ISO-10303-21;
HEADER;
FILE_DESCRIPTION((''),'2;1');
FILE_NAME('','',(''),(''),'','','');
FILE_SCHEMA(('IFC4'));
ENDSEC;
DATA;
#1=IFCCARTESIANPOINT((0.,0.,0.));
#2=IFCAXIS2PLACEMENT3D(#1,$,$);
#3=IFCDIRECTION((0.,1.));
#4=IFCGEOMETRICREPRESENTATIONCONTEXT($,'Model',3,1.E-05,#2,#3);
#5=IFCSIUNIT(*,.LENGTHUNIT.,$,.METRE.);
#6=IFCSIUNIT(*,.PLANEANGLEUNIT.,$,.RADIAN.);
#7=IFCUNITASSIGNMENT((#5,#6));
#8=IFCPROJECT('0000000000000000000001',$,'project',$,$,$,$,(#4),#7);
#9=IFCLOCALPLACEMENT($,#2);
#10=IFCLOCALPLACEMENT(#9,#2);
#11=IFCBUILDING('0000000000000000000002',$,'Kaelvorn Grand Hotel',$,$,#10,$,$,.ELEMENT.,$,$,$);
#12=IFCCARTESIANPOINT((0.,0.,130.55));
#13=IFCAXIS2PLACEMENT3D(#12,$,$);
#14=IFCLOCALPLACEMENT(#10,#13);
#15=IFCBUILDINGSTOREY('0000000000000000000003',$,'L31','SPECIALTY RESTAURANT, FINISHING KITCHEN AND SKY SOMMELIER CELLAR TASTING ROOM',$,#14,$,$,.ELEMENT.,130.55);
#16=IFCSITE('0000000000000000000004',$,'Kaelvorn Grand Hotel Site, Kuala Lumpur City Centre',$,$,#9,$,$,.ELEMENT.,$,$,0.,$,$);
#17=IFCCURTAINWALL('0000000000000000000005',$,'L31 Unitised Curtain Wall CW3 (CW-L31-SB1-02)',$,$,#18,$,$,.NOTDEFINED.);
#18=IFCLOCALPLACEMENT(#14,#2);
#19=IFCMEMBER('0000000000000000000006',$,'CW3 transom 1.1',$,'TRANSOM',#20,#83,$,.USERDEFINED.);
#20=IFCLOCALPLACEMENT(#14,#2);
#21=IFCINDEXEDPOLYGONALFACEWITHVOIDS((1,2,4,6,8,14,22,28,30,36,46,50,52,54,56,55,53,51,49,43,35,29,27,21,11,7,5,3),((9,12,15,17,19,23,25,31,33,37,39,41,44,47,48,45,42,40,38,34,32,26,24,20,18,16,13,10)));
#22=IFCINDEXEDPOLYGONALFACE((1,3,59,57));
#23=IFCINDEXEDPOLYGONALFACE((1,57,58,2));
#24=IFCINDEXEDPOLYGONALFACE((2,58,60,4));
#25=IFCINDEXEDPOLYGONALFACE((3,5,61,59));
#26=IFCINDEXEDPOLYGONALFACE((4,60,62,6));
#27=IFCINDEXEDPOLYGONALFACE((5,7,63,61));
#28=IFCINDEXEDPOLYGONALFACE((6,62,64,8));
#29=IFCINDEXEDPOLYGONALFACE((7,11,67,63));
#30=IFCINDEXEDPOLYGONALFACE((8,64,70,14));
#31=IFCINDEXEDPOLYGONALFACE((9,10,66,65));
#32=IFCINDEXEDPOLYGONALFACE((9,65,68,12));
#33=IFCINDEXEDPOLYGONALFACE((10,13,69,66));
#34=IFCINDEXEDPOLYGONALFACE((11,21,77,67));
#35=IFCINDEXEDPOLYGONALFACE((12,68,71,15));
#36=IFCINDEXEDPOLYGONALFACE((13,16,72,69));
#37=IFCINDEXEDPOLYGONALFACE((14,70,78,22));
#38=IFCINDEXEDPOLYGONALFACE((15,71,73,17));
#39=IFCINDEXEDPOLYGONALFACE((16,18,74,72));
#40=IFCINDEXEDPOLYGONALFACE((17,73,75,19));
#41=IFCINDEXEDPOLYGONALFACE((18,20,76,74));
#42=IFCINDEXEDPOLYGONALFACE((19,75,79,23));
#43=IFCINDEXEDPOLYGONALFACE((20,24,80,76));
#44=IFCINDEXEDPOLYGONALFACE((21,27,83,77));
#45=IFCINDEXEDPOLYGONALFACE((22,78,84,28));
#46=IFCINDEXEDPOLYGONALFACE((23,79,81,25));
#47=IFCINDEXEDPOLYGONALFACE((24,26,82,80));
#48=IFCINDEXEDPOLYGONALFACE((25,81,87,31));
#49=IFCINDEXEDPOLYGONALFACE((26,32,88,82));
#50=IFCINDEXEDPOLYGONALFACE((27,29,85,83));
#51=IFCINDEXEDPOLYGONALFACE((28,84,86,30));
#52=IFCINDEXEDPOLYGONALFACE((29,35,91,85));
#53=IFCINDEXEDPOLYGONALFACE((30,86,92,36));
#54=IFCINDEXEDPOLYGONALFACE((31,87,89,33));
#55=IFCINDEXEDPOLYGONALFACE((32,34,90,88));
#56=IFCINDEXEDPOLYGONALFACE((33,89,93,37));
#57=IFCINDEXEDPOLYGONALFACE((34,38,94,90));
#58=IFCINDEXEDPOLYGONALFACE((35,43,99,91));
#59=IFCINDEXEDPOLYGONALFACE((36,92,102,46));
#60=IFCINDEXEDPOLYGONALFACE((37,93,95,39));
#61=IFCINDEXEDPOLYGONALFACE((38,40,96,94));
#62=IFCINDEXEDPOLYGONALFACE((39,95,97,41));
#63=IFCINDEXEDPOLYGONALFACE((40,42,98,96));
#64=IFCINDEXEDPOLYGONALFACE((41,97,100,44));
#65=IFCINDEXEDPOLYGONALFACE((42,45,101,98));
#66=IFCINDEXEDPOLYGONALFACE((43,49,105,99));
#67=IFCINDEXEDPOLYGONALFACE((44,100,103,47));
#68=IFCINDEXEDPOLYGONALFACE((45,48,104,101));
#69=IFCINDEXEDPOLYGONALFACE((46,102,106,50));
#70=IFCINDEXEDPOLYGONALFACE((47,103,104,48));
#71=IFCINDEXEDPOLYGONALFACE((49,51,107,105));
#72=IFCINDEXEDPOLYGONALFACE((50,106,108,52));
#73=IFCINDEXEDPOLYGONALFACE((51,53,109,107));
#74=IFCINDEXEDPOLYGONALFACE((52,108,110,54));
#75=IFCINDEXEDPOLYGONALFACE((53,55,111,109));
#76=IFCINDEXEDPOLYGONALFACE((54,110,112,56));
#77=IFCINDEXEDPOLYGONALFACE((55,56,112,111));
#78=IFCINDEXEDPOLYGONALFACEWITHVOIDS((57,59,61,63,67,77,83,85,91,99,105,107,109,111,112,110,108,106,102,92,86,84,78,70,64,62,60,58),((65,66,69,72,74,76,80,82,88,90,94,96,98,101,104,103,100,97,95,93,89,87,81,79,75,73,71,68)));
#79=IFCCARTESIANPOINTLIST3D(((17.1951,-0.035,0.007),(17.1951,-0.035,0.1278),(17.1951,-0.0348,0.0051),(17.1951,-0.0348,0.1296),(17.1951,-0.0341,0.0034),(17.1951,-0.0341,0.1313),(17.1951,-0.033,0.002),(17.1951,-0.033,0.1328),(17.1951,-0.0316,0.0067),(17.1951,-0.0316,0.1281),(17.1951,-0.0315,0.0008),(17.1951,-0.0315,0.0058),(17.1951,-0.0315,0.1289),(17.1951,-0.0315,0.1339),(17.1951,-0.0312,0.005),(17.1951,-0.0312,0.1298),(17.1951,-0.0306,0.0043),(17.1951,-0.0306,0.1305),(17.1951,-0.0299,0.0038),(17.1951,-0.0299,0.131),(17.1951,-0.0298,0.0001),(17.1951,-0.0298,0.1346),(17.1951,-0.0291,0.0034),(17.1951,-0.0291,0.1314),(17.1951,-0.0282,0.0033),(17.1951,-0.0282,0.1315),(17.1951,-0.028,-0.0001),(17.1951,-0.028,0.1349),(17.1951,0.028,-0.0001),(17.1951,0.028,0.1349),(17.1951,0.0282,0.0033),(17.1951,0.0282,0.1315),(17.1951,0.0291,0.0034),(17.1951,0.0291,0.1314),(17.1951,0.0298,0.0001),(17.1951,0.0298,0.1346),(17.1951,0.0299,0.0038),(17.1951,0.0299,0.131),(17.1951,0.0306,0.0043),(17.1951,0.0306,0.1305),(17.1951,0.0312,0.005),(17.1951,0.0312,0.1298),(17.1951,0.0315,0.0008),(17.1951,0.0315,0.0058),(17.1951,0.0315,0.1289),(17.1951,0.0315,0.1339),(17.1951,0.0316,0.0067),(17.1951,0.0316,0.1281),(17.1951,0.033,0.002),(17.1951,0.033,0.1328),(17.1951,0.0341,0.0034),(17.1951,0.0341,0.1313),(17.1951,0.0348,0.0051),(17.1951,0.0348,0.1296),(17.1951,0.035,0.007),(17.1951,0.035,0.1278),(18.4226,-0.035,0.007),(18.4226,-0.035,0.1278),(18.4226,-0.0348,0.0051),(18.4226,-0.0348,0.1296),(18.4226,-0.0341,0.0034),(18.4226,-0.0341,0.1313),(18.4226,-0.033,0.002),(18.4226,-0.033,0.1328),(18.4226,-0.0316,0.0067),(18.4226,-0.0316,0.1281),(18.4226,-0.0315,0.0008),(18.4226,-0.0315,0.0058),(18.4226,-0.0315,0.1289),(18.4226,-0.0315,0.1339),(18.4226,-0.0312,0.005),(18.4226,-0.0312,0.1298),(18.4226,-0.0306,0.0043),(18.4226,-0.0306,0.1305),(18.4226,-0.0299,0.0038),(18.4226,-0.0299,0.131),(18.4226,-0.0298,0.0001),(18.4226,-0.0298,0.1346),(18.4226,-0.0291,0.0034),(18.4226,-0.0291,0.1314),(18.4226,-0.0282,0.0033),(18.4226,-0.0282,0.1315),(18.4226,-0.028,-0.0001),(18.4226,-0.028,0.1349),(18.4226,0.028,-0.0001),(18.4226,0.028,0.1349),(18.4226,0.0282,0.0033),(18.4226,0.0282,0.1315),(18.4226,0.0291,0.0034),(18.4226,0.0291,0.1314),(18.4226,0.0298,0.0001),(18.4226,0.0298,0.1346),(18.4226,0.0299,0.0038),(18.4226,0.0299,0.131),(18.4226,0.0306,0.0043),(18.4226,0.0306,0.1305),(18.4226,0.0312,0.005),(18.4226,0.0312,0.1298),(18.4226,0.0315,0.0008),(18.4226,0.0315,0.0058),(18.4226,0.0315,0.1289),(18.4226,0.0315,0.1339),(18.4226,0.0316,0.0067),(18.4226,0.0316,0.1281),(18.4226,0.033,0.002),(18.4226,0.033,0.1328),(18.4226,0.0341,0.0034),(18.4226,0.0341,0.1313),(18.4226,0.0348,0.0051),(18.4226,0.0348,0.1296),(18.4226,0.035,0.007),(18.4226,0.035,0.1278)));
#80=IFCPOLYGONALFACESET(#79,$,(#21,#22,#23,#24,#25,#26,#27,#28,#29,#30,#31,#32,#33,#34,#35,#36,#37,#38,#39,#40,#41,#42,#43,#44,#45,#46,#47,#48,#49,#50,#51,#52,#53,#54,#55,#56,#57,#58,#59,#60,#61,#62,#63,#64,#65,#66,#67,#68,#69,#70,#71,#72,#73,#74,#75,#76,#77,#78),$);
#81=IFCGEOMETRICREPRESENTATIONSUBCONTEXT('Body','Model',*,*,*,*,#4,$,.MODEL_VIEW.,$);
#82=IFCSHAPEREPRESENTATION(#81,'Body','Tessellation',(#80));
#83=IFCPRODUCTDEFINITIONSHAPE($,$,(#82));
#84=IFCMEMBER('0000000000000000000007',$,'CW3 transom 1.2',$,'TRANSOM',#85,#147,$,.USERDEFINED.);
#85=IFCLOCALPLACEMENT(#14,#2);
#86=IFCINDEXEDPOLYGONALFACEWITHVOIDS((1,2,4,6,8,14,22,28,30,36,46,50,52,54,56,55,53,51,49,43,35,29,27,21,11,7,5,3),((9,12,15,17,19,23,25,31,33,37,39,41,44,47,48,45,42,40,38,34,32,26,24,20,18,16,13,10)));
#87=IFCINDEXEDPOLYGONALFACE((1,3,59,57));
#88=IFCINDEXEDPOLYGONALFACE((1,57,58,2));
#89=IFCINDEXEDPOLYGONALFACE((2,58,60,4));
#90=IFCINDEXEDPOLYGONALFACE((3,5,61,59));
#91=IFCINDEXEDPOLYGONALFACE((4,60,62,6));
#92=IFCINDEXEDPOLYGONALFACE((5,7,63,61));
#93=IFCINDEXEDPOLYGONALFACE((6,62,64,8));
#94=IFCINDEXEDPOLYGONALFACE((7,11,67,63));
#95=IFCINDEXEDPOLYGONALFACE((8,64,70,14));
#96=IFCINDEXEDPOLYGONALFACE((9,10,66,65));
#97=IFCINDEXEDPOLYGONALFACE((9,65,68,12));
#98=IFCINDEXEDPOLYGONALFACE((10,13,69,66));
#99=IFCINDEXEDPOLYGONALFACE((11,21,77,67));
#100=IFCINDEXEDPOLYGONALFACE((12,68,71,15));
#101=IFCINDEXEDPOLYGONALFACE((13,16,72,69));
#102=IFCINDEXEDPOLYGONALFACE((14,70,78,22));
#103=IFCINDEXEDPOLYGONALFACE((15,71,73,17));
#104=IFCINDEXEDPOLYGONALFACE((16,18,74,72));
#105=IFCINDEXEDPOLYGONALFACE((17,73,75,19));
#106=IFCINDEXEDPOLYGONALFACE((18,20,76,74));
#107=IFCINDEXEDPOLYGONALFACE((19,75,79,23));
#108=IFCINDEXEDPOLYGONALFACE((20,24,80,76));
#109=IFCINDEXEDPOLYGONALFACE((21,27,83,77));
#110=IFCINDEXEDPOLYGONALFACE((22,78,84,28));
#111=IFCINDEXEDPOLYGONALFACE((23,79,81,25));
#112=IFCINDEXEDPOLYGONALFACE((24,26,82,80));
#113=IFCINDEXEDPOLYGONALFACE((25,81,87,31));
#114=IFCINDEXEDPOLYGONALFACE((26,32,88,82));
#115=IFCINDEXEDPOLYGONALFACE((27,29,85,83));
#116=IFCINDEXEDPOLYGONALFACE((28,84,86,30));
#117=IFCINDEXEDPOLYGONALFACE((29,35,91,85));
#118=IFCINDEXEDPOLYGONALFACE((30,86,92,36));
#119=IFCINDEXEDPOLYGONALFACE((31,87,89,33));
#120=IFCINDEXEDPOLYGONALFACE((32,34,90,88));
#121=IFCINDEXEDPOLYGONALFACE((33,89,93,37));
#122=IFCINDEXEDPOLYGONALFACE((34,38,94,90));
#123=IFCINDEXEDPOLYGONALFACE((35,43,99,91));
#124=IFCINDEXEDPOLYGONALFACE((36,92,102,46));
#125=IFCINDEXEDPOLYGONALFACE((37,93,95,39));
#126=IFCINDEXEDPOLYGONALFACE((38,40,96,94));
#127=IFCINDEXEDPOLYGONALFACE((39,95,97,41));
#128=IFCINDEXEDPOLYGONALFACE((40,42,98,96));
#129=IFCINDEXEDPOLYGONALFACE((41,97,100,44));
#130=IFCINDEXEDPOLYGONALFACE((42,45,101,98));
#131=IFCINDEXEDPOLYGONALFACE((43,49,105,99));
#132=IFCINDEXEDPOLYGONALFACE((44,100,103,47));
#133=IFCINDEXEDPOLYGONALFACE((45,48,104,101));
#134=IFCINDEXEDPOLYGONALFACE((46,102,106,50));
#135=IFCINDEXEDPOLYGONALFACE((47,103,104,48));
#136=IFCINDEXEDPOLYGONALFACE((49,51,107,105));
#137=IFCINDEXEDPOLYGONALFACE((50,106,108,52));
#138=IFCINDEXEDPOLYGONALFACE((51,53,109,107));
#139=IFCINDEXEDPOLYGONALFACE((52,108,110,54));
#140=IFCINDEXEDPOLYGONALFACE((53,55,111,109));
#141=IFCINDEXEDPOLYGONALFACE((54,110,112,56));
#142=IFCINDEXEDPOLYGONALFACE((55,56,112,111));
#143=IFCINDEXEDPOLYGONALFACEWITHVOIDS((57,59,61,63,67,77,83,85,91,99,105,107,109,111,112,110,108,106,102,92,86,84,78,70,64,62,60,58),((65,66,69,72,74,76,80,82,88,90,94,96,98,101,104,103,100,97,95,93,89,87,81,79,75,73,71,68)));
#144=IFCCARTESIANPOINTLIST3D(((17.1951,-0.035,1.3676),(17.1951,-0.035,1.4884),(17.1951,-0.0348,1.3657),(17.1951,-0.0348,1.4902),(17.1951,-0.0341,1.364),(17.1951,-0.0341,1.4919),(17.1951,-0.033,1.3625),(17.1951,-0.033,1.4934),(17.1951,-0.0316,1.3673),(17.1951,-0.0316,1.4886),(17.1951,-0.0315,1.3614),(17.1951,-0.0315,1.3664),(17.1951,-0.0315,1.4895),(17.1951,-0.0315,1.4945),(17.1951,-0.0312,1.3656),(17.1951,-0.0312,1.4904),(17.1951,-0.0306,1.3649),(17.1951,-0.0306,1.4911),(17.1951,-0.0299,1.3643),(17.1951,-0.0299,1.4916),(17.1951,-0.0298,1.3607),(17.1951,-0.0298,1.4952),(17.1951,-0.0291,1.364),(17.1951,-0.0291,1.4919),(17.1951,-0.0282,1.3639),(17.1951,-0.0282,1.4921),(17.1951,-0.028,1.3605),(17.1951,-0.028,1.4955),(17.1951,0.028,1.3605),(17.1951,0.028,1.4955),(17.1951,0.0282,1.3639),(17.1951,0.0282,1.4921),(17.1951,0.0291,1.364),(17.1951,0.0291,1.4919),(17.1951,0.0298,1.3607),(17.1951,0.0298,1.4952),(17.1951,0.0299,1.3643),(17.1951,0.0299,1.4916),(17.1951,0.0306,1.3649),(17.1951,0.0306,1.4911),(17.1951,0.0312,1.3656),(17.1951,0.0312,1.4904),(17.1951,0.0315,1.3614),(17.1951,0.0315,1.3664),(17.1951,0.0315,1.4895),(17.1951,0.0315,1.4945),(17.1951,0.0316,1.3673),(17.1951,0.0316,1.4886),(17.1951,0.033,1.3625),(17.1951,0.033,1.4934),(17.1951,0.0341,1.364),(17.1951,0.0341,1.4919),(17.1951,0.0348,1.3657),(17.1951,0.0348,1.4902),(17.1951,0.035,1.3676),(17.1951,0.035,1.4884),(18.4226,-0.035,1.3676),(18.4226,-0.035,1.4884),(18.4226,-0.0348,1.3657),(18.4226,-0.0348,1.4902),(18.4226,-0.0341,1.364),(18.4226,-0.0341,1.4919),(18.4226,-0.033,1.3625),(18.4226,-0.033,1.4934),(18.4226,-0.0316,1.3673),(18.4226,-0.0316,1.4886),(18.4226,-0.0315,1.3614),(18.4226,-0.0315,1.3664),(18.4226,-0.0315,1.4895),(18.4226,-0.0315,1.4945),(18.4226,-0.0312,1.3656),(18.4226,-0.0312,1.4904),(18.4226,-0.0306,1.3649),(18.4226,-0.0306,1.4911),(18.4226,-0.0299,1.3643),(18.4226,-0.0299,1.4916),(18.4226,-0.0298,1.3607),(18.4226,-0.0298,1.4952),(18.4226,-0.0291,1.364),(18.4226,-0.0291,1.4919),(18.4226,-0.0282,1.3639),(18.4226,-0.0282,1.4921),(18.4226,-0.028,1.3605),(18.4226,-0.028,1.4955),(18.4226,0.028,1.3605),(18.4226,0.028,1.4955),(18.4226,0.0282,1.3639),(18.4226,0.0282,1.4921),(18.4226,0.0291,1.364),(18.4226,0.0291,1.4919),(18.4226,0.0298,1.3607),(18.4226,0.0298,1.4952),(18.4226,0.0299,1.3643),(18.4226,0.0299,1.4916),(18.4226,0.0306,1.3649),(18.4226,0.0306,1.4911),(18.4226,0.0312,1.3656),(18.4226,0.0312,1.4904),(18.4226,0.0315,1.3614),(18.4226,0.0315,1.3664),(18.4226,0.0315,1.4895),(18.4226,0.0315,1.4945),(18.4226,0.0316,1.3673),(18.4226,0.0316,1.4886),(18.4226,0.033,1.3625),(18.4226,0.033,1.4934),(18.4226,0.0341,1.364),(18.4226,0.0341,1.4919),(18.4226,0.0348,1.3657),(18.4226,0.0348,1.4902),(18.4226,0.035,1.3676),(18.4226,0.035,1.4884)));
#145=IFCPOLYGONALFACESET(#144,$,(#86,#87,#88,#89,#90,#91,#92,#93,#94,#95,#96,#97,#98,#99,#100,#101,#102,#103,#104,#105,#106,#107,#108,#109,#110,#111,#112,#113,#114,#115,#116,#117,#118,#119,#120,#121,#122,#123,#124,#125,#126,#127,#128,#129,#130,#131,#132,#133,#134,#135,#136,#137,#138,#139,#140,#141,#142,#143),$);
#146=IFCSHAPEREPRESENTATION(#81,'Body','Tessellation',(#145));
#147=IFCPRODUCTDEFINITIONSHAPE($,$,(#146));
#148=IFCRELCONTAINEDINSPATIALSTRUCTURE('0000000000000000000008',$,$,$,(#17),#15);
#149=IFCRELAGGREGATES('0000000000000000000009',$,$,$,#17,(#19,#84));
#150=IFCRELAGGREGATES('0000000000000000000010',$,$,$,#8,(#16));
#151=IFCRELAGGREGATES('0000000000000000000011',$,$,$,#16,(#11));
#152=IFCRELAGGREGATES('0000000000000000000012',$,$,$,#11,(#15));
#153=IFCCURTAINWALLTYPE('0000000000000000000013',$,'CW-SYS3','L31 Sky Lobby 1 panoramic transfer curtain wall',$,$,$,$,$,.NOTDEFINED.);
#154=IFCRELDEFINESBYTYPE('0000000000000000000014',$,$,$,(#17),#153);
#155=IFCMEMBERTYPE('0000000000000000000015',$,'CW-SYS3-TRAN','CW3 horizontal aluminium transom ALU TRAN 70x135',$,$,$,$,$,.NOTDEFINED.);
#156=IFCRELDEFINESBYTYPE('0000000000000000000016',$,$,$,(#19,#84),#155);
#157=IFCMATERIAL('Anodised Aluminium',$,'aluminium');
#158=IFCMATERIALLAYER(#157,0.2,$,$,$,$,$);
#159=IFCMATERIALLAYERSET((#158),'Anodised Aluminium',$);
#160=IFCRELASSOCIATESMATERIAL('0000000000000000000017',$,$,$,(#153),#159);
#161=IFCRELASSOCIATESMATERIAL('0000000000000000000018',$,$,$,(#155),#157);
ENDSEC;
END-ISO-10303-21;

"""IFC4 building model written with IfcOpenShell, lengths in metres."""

from ifc_helpers import new_model, si_unit, direction, frame, origin, origin_2d, place, context, subcontext, project, spatial, hollow_rectangle, extrude, material, layer, layer_set, material_profile, profile_set, type_object, element, aggregate, save


model = new_model("IFC4")

# Units and contexts
model_context = context("Model", 3, precision=1e-05, world=origin(), true_north=direction((0.0, 1.0)))
body_context = subcontext(model_context, "Body", "Model", "MODEL_VIEW")
ifc_project = project(units=[si_unit("LENGTHUNIT", "METRE"), si_unit("PLANEANGLEUNIT", "RADIAN")], contexts=[model_context])

# Site, building, storey
site_placement = place(None, origin())
site = spatial("IfcSite", under=ifc_project, at=site_placement, Name="Kaelvorn Grand Hotel Site, Kuala Lumpur City Centre", CompositionType="ELEMENT", RefElevation=0.0)
building_placement = place(site_placement, origin())
building = spatial("IfcBuilding", under=site, at=building_placement, Name="Kaelvorn Grand Hotel", CompositionType="ELEMENT")
storey_placement = place(building_placement, frame((0.0, 0.0, 130.55)))
storey = spatial("IfcBuildingStorey", under=building, at=storey_placement, Name="L31", Description="SPECIALTY RESTAURANT, FINISHING KITCHEN AND SKY SOMMELIER CELLAR TASTING ROOM", CompositionType="ELEMENT", Elevation=130.55)

# Curtain wall, members
ifc_material_1 = material(Name="Anodised Aluminium", Category="aluminium")
ifc_layer_1 = layer(ifc_material_1, 0.2)
ifc_layer_set_1 = layer_set([ifc_layer_1], Name="Anodised Aluminium")
curtain_wall_type = type_object("IfcCurtainWallType", Name="CW-SYS3", Description="L31 Sky Lobby 1 panoramic transfer curtain wall", PredefinedType="NOTDEFINED", material=ifc_layer_set_1)
curtain_wall_placement = place(storey_placement, origin())
curtain_wall = element("IfcCurtainWall", 1, at=curtain_wall_placement, inside=storey, type_object=curtain_wall_type, Name="L31 Unitised Curtain Wall CW3 (CW-L31-SB1-02)", PredefinedType="NOTDEFINED")
ifc_material_profile_1 = material_profile(ifc_material_1, hollow_rectangle(XDim=0.0701, YDim=0.135, WallThickness=0.0034, InnerFilletRadius=0.0034, OuterFilletRadius=0.0071, at=origin_2d()), Name="ALU TRAN 70x135")
ifc_profile_set_1 = profile_set([ifc_material_profile_1], Name="Anodised Aluminium")
member_type_1 = type_object("IfcMemberType", Name="CW-SYS3-TRAN", Description="CW3 horizontal aluminium transom ALU TRAN 70x135", PredefinedType="NOTDEFINED", material=ifc_profile_set_1)
member_1_placement = place(storey_placement, frame((17.1951, 0.0, 0.0674), z_axis=(1.0, 0.0, 0.0), x_axis=(0.0, 1.0, 0.0)))
member_1 = element("IfcMember", 2, at=member_1_placement, type_object=member_type_1, Name="CW3 transom 1.1", ObjectType="TRANSOM", PredefinedType="USERDEFINED", context=body_context, shape_type="SweptSolid", body=[
    extrude(hollow_rectangle(XDim=0.0701, YDim=0.135, WallThickness=0.0034, InnerFilletRadius=0.0034, OuterFilletRadius=0.0071, at=origin_2d()), origin(), (0.0, 0.0, 1.0), 1.2275),
])
member_2_placement = place(storey_placement, frame((17.1951, 0.0, 1.428), z_axis=(1.0, 0.0, 0.0), x_axis=(0.0, 1.0, 0.0)))
member_2 = element("IfcMember", 3, at=member_2_placement, type_object=member_type_1, Name="CW3 transom 1.2", ObjectType="TRANSOM", PredefinedType="USERDEFINED", context=body_context, shape_type="SweptSolid", body=[
    extrude(hollow_rectangle(XDim=0.0701, YDim=0.135, WallThickness=0.0034, InnerFilletRadius=0.0034, OuterFilletRadius=0.0071, at=origin_2d()), origin(), (0.0, 0.0, 1.0), 1.2275),
])
aggregate(curtain_wall, [member_1, member_2])

save(model, "model.ifc")
